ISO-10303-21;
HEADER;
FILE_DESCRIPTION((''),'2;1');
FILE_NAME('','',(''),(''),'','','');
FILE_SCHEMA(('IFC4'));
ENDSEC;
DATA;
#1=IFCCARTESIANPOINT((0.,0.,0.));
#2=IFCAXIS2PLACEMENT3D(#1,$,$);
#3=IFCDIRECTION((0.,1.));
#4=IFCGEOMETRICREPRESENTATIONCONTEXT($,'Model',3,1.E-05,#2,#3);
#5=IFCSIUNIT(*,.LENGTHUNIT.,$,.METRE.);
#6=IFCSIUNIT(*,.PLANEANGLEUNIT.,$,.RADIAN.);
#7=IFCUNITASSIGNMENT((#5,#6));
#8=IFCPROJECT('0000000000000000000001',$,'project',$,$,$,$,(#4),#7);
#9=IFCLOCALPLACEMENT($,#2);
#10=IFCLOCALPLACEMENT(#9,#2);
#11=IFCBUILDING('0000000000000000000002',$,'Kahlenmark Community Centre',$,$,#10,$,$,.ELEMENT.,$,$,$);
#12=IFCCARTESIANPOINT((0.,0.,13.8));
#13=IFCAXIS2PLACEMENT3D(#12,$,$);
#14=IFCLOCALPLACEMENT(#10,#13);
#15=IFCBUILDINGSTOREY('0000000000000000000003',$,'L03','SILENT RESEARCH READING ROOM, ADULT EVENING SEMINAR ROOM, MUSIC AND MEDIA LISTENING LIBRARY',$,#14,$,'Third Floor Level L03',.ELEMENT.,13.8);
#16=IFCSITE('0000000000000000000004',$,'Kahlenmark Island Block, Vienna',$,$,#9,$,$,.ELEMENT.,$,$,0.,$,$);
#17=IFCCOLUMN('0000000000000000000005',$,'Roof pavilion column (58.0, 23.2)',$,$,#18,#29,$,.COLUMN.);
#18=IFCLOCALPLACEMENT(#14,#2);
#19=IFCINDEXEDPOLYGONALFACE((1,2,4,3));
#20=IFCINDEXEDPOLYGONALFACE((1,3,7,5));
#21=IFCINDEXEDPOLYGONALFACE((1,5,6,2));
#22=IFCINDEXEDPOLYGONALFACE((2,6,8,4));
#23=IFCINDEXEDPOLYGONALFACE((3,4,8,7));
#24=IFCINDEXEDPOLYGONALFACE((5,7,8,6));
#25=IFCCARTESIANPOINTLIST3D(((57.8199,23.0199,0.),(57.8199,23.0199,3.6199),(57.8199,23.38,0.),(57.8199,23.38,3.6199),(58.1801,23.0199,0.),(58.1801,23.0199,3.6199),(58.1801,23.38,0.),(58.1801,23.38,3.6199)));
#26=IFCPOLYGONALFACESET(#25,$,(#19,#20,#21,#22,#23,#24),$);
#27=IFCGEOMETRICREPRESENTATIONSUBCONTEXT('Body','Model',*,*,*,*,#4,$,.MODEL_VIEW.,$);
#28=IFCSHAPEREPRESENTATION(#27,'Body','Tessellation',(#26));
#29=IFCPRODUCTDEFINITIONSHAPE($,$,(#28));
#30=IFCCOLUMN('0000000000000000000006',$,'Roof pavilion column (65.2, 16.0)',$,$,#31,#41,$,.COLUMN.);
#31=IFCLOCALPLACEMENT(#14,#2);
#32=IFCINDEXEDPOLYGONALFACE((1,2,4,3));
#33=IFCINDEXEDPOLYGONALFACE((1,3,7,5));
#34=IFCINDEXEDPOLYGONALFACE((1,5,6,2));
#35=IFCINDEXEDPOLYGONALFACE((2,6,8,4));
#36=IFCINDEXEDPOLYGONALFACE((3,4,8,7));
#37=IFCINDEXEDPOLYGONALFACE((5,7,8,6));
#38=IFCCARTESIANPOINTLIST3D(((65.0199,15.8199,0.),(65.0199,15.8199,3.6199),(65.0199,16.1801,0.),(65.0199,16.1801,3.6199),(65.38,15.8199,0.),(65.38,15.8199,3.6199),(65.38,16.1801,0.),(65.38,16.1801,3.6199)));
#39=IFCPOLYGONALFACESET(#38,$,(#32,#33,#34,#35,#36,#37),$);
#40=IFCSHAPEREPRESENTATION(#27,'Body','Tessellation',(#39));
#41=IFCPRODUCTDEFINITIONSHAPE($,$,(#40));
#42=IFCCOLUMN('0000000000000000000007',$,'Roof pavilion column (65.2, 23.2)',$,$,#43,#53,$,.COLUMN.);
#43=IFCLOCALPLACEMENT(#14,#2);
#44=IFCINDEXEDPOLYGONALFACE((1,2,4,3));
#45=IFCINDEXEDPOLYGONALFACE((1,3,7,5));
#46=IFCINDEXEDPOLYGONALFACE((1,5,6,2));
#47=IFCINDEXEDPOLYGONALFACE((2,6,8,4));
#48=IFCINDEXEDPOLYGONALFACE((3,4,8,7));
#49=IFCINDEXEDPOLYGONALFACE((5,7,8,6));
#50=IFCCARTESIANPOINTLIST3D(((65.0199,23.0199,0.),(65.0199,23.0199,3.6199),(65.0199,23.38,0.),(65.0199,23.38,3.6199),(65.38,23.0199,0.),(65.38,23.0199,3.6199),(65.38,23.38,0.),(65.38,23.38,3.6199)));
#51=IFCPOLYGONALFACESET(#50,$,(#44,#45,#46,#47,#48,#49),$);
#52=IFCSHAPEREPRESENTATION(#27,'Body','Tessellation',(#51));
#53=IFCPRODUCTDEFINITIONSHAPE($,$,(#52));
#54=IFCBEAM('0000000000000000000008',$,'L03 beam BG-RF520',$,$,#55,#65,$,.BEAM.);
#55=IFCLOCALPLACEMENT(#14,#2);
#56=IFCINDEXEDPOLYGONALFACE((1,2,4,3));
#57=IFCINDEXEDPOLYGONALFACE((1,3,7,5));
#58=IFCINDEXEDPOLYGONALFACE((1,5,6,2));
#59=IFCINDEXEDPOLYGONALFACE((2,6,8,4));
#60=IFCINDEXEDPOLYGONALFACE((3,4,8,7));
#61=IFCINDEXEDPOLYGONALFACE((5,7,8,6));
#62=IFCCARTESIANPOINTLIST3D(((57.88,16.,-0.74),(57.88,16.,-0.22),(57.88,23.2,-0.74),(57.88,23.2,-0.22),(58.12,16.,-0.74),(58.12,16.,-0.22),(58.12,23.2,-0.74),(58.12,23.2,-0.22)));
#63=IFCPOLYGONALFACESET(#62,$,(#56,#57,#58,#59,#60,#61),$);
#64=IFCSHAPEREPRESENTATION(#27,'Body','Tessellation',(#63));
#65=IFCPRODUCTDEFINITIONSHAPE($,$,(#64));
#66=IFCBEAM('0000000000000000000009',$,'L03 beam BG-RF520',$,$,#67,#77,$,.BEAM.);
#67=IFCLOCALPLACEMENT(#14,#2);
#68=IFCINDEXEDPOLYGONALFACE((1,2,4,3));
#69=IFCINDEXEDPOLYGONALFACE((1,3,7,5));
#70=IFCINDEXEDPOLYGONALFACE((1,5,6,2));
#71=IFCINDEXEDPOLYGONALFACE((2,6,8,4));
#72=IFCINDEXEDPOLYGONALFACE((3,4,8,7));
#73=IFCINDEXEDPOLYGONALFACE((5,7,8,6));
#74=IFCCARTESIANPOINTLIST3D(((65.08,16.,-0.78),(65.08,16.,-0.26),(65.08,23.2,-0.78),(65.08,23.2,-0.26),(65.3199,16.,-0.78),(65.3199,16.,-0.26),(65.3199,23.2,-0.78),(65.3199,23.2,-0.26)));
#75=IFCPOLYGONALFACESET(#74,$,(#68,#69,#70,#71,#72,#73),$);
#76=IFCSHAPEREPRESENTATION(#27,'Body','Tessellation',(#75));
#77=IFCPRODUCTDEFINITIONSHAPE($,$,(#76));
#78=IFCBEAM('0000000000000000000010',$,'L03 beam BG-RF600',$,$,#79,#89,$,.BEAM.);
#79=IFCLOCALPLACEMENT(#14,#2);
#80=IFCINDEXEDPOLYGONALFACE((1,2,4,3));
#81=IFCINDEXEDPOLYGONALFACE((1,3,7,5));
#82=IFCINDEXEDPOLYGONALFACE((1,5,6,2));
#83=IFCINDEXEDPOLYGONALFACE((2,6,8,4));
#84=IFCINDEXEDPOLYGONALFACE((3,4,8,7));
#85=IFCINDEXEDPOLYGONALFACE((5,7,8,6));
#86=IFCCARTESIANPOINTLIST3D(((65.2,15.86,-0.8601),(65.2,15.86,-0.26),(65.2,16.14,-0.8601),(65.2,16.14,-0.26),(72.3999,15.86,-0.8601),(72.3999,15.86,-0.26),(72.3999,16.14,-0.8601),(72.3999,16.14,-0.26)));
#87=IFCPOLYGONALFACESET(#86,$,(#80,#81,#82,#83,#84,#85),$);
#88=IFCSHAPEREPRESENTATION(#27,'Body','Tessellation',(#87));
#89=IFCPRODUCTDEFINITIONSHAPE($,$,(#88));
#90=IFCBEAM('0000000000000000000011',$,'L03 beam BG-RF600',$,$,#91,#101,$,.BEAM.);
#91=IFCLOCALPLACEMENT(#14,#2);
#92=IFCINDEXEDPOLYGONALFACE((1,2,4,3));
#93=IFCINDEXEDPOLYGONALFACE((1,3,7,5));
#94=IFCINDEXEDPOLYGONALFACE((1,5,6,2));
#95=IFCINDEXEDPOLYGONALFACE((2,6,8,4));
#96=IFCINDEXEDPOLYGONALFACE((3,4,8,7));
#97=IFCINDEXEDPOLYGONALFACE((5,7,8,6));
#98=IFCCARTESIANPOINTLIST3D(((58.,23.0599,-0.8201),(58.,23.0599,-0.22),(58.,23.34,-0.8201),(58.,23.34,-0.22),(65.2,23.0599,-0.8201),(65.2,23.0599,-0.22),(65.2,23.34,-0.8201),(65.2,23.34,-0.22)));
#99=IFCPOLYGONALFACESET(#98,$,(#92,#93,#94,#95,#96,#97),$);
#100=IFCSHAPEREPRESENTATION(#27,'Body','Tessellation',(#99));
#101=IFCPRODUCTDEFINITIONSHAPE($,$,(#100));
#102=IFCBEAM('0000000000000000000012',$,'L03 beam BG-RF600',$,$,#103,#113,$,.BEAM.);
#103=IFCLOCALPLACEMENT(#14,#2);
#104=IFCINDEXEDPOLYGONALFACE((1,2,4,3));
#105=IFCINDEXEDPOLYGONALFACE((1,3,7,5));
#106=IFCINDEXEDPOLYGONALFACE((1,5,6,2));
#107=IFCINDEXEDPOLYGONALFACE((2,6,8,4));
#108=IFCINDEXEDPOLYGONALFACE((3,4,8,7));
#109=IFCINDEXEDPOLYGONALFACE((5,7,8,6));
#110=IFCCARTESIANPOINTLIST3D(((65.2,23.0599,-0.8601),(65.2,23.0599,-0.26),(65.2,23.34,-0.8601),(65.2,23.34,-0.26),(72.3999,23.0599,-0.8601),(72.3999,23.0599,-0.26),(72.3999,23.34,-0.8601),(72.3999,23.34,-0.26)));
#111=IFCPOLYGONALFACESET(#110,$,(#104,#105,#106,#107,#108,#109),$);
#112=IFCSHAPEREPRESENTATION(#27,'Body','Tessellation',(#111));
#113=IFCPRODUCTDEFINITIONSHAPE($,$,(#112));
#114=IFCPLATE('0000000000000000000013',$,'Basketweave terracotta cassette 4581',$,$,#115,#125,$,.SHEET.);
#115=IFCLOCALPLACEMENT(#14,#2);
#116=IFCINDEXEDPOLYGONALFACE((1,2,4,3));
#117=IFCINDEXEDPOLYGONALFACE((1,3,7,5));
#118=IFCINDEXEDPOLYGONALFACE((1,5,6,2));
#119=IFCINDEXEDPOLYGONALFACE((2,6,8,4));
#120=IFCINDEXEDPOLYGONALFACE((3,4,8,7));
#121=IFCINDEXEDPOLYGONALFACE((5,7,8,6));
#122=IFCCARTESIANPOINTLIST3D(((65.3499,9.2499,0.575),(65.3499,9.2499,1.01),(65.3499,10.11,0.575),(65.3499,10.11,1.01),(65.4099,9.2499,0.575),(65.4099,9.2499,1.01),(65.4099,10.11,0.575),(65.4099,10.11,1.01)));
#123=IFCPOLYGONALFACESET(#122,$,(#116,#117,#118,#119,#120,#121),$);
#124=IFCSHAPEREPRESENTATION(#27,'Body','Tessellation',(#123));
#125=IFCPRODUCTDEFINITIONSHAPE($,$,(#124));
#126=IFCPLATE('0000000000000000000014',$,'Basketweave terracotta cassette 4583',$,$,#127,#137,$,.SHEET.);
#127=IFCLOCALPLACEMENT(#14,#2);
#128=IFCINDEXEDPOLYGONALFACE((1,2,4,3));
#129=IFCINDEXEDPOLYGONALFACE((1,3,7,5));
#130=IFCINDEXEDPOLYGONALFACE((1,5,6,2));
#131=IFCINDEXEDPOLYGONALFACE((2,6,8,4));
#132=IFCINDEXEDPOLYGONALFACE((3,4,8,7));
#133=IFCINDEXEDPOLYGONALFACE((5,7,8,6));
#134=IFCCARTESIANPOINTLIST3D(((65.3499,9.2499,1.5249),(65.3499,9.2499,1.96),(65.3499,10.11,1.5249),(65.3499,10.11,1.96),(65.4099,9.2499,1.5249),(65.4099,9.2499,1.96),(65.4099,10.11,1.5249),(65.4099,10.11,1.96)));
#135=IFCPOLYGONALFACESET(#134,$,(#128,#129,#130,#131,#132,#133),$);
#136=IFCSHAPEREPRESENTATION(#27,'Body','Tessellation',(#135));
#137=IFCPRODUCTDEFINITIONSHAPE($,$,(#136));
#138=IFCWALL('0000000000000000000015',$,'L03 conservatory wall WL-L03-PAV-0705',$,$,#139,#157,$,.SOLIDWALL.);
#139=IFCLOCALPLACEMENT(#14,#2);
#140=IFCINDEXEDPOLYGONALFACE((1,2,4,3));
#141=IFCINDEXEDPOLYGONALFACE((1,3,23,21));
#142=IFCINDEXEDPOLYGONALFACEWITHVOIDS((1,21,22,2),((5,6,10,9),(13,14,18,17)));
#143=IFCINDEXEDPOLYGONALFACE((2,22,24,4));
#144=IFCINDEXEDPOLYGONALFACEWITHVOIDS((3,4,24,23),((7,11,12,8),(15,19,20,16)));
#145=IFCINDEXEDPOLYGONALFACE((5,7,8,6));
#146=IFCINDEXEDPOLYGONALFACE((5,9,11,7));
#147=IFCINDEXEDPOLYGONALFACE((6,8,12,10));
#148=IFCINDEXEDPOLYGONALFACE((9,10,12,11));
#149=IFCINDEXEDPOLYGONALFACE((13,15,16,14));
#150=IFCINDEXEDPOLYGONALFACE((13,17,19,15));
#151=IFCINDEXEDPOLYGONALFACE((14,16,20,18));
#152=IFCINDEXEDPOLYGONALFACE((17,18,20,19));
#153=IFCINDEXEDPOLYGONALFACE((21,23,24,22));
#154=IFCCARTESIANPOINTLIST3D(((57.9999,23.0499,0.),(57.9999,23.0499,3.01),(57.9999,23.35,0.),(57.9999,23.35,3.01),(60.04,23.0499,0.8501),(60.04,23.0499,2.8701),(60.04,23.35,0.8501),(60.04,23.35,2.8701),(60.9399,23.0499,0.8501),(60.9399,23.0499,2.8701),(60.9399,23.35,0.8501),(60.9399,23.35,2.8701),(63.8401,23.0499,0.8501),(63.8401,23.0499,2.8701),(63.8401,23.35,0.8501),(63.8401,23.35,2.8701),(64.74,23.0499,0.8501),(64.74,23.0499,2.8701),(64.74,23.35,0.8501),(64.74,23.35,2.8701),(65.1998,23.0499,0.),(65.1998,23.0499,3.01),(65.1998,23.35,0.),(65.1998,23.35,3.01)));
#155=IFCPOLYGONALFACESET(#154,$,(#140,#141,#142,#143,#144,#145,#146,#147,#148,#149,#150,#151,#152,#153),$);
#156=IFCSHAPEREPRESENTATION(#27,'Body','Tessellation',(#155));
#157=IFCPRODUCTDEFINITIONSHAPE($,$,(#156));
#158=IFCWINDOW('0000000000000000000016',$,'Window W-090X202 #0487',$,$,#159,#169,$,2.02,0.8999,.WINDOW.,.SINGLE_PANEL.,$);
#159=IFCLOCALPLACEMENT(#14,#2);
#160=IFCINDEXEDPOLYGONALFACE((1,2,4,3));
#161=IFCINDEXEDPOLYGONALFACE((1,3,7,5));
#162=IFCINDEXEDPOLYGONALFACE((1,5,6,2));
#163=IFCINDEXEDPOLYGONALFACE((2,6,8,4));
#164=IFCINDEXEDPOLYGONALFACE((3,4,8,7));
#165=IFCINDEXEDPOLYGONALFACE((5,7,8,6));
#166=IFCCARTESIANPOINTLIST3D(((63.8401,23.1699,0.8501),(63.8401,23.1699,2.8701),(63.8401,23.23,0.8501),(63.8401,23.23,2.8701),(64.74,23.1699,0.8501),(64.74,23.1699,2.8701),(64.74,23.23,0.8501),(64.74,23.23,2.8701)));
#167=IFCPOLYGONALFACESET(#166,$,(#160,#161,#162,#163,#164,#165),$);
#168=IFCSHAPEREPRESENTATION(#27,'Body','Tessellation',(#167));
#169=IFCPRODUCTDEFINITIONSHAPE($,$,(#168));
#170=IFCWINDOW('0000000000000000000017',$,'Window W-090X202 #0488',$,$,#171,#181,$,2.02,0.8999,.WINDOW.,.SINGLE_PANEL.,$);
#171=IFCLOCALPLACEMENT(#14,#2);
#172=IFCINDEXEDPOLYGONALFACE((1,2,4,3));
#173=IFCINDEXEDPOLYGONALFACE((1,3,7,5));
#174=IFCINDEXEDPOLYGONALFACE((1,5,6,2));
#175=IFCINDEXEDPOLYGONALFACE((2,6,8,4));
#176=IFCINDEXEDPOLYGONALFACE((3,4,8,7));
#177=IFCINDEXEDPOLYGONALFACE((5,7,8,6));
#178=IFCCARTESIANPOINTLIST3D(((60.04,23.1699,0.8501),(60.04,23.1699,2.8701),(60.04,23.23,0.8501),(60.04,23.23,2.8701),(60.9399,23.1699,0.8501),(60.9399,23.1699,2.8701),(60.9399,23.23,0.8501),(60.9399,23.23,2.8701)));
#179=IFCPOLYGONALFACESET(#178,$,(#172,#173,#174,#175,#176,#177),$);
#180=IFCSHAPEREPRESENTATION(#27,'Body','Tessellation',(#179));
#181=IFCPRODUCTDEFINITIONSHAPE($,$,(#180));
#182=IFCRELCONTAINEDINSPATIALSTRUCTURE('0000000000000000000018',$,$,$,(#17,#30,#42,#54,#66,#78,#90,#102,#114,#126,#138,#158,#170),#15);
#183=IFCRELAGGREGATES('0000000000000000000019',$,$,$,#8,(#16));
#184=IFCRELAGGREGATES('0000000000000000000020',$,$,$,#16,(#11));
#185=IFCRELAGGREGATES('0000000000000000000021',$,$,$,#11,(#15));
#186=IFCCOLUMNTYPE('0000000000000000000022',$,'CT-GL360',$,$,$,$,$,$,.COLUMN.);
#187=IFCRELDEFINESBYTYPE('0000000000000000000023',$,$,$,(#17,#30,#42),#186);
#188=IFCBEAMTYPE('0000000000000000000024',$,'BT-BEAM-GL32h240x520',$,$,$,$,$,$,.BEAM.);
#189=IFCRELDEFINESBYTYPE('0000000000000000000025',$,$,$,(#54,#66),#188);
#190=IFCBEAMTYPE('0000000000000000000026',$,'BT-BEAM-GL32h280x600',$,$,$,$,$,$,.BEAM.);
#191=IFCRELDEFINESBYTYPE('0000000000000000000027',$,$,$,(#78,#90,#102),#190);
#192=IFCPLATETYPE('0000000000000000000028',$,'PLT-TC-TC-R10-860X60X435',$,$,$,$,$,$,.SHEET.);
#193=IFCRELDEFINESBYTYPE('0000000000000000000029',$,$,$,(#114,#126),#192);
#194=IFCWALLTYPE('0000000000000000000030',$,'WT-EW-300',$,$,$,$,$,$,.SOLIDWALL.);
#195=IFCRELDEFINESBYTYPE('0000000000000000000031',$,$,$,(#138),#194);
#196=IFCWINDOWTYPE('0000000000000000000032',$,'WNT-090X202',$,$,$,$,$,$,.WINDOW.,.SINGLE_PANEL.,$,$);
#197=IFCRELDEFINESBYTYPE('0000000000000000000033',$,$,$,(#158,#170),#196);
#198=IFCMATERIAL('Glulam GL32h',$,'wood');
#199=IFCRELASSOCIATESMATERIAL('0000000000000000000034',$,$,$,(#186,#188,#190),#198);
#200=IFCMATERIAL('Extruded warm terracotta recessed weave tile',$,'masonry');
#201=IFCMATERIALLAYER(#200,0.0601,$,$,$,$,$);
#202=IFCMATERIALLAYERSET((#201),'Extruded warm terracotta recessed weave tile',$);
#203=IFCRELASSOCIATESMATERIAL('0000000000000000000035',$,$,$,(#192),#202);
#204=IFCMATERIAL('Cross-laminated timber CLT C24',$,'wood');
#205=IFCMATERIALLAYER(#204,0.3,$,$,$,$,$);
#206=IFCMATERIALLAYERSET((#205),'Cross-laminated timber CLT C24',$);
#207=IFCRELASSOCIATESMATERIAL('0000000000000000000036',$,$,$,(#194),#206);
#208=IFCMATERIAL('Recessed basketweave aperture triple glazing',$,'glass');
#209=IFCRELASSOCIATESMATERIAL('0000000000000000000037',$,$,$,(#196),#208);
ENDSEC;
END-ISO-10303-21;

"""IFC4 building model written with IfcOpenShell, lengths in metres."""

from ifc_helpers import new_model, si_unit, direction, frame, frame_2d, origin, origin_2d, place, context, subcontext, project, spatial, rectangle, extrude, material, layer, layer_set, material_profile, profile_set, type_object, element, fill, save


model = new_model("IFC4")

# Units and contexts
model_context = context("Model", 3, precision=1e-05, world=origin(), true_north=direction((0.0, 1.0)))
body_context = subcontext(model_context, "Body", "Model", "MODEL_VIEW")
ifc_project = project(units=[si_unit("LENGTHUNIT", "METRE"), si_unit("PLANEANGLEUNIT", "RADIAN")], contexts=[model_context])

# Site, building, storey
site_placement = place(None, origin())
site = spatial("IfcSite", under=ifc_project, at=site_placement, Name="Kahlenmark Island Block, Vienna", CompositionType="ELEMENT", RefElevation=0.0)
building_placement = place(site_placement, origin())
building = spatial("IfcBuilding", under=site, at=building_placement, Name="Kahlenmark Community Centre", CompositionType="ELEMENT")
storey_placement = place(building_placement, frame((0.0, 0.0, 13.8)))
storey = spatial("IfcBuildingStorey", under=building, at=storey_placement, Name="L03", Description="SILENT RESEARCH READING ROOM, ADULT EVENING SEMINAR ROOM, MUSIC AND MEDIA LISTENING LIBRARY", LongName="Third Floor Level L03", CompositionType="ELEMENT", Elevation=13.8)

# Columns
ifc_material_1 = material(Name="Glulam GL32h", Category="wood")
ifc_material_profile_1 = material_profile(ifc_material_1, rectangle(XDim=0.3601, YDim=0.3601, at=origin_2d()), Name="GL32h 360x360")
ifc_profile_set_1 = profile_set([ifc_material_profile_1], Name="Glulam GL32h")
column_type = type_object("IfcColumnType", Name="CT-GL360", PredefinedType="COLUMN", material=ifc_profile_set_1)
for number, where, z_axis, x_axis, name in (
    (1, (58.0, 23.2, 0.0), (0.0, 0.0, 1.0), (1.0, 0.0, 0.0), "Roof pavilion column (58.0, 23.2)"),
    (2, (65.2, 16.0, 0.0), (0.0, 0.0, 1.0), (1.0, 0.0, 0.0), "Roof pavilion column (65.2, 16.0)"),
    (3, (65.2, 23.2, 0.0), (0.0, 0.0, 1.0), (1.0, 0.0, 0.0), "Roof pavilion column (65.2, 23.2)"),
):
    element("IfcColumn", number, at=place(storey_placement, frame(where, z_axis=z_axis, x_axis=x_axis)), inside=storey, type_object=column_type, Name=name, PredefinedType="COLUMN", context=body_context, shape_type="SweptSolid", body=[
        extrude(rectangle(XDim=0.3601, YDim=0.3601, at=origin_2d()), origin(), (0.0, 0.0, 1.0), 3.6199),
    ])

# Beams
ifc_material_profile_2 = material_profile(ifc_material_1, rectangle(XDim=0.24, YDim=0.52, at=origin_2d()), Name="GL32h 240x520")
ifc_profile_set_2 = profile_set([ifc_material_profile_2], Name="Glulam GL32h")
beam_type_1 = type_object("IfcBeamType", Name="BT-BEAM-GL32h240x520", PredefinedType="BEAM", material=ifc_profile_set_2)
for number, where, z_axis, x_axis, name in (
    (4, (58.0, 16.0, -0.48), (0.0, 1.0, 0.0), (-1.0, 0.0, 0.0), "L03 beam BG-RF520"),
    (5, (65.2, 16.0, -0.52), (0.0, 1.0, 0.0), (-1.0, 0.0, 0.0), "L03 beam BG-RF520"),
):
    element("IfcBeam", number, at=place(storey_placement, frame(where, z_axis=z_axis, x_axis=x_axis)), inside=storey, type_object=beam_type_1, Name=name, PredefinedType="BEAM", context=body_context, shape_type="SweptSolid", body=[
        extrude(rectangle(XDim=0.24, YDim=0.52, at=origin_2d()), origin(), (0.0, 0.0, 1.0), 7.2),
    ])
ifc_material_profile_3 = material_profile(ifc_material_1, rectangle(XDim=0.28, YDim=0.6001, at=origin_2d()), Name="GL32h 280x600")
ifc_profile_set_3 = profile_set([ifc_material_profile_3], Name="Glulam GL32h")
beam_type_2 = type_object("IfcBeamType", Name="BT-BEAM-GL32h280x600", PredefinedType="BEAM", material=ifc_profile_set_3)
for number, where, z_axis, x_axis, name in (
    (6, (65.2, 16.0, -0.5601), (1.0, 0.0, 0.0), (0.0, 1.0, 0.0), "L03 beam BG-RF600"),
    (7, (58.0, 23.2, -0.52), (1.0, 0.0, 0.0), (0.0, 1.0, 0.0), "L03 beam BG-RF600"),
    (8, (65.2, 23.2, -0.5601), (1.0, 0.0, 0.0), (0.0, 1.0, 0.0), "L03 beam BG-RF600"),
):
    element("IfcBeam", number, at=place(storey_placement, frame(where, z_axis=z_axis, x_axis=x_axis)), inside=storey, type_object=beam_type_2, Name=name, PredefinedType="BEAM", context=body_context, shape_type="SweptSolid", body=[
        extrude(rectangle(XDim=0.28, YDim=0.6001, at=origin_2d()), origin(), (0.0, 0.0, 1.0), 7.2),
    ])

# Plates
ifc_material_2 = material(Name="Extruded warm terracotta recessed weave tile", Category="masonry")
ifc_layer_1 = layer(ifc_material_2, 0.0601)
ifc_layer_set_1 = layer_set([ifc_layer_1], Name="Extruded warm terracotta recessed weave tile")
plate_type = type_object("IfcPlateType", Name="PLT-TC-TC-R10-860X60X435", PredefinedType="SHEET", material=ifc_layer_set_1)
for number, where, z_axis, x_axis, name in (
    (9, (65.3799, 9.6799, 0.575), (0.0, 0.0, 1.0), (0.0, 1.0, 0.0), "Basketweave terracotta cassette 4581"),
    (10, (65.3799, 9.6799, 1.5249), (0.0, 0.0, 1.0), (0.0, 1.0, 0.0), "Basketweave terracotta cassette 4583"),
):
    element("IfcPlate", number, at=place(storey_placement, frame(where, z_axis=z_axis, x_axis=x_axis)), inside=storey, type_object=plate_type, Name=name, PredefinedType="SHEET", context=body_context, shape_type="SweptSolid", body=[
        extrude(rectangle(XDim=0.8601, YDim=0.0601, at=origin_2d()), origin(), (0.0, 0.0, 1.0), 0.4351),
    ])

# Wall, openings, windows
ifc_material_3 = material(Name="Cross-laminated timber CLT C24", Category="wood")
ifc_layer_2 = layer(ifc_material_3, 0.3)
ifc_layer_set_2 = layer_set([ifc_layer_2], Name="Cross-laminated timber CLT C24")
wall_type_1 = type_object("IfcWallType", Name="WT-EW-300", PredefinedType="SOLIDWALL", material=ifc_layer_set_2)
wall_1_placement = place(storey_placement, frame((65.2, 23.2, 0.0), z_axis=(0.0, 0.0, 1.0), x_axis=(-1.0, 0.0, 0.0)))
wall_1 = element("IfcWall", 11, at=wall_1_placement, inside=storey, type_object=wall_type_1, Name="L03 conservatory wall WL-L03-PAV-0705", PredefinedType="SOLIDWALL", context=body_context, shape_type="SweptSolid", body=[
    extrude(rectangle(XDim=7.2, YDim=0.3, at=frame_2d((3.6001, 0.0))), origin(), (0.0, 0.0, 1.0), 3.01),
])
opening_1_placement = place(wall_1_placement, frame((0.46, 0.0, 0.8501)))
opening_1 = element("IfcOpeningElement", 12, at=opening_1_placement, cuts=wall_1, PredefinedType="OPENING", context=body_context, shape_type="SweptSolid", body=[
    extrude(rectangle(XDim=0.8999, YDim=2.02, at=frame_2d((0.45, 1.01))), frame((0.0, 0.1599, 0.0), z_axis=(0.0, -1.0, 0.0), x_axis=(1.0, 0.0, 0.0)), (0.0, 0.0, 1.0), 0.3201),
])
opening_2_placement = place(wall_1_placement, frame((4.26, 0.0, 0.8501)))
opening_2 = element("IfcOpeningElement", 13, at=opening_2_placement, cuts=wall_1, PredefinedType="OPENING", context=body_context, shape_type="SweptSolid", body=[
    extrude(rectangle(XDim=0.8999, YDim=2.02, at=frame_2d((0.45, 1.01))), frame((0.0, 0.1599, 0.0), z_axis=(0.0, -1.0, 0.0), x_axis=(1.0, 0.0, 0.0)), (0.0, 0.0, 1.0), 0.3201),
])
ifc_material_4 = material(Name="Recessed basketweave aperture triple glazing", Category="glass")
window_type = type_object("IfcWindowType", Name="WNT-090X202", PartitioningType="SINGLE_PANEL", PredefinedType="WINDOW", material=ifc_material_4)
window_1_placement = place(opening_1_placement, origin())
window_1 = element("IfcWindow", 14, at=window_1_placement, inside=storey, type_object=window_type, Name="Window W-090X202 #0487", OverallHeight=2.02, OverallWidth=0.8999, PartitioningType="SINGLE_PANEL", PredefinedType="WINDOW", context=body_context, shape_type="SweptSolid", body=[
    extrude(rectangle(XDim=0.8999, YDim=2.02, at=frame_2d((0.45, 1.01))), frame((0.0, 0.03, 0.0), z_axis=(0.0, -1.0, 0.0), x_axis=(1.0, 0.0, 0.0)), (0.0, 0.0, 1.0), 0.0601),
])
fill(opening_1, window_1)
window_2_placement = place(opening_2_placement, origin())
window_2 = element("IfcWindow", 15, at=window_2_placement, inside=storey, type_object=window_type, Name="Window W-090X202 #0488", OverallHeight=2.02, OverallWidth=0.8999, PartitioningType="SINGLE_PANEL", PredefinedType="WINDOW", context=body_context, shape_type="SweptSolid", body=[
    extrude(rectangle(XDim=0.8999, YDim=2.02, at=frame_2d((0.45, 1.01))), frame((0.0, 0.03, 0.0), z_axis=(0.0, -1.0, 0.0), x_axis=(1.0, 0.0, 0.0)), (0.0, 0.0, 1.0), 0.0601),
])
fill(opening_2, window_2)

save(model, "model.ifc")
